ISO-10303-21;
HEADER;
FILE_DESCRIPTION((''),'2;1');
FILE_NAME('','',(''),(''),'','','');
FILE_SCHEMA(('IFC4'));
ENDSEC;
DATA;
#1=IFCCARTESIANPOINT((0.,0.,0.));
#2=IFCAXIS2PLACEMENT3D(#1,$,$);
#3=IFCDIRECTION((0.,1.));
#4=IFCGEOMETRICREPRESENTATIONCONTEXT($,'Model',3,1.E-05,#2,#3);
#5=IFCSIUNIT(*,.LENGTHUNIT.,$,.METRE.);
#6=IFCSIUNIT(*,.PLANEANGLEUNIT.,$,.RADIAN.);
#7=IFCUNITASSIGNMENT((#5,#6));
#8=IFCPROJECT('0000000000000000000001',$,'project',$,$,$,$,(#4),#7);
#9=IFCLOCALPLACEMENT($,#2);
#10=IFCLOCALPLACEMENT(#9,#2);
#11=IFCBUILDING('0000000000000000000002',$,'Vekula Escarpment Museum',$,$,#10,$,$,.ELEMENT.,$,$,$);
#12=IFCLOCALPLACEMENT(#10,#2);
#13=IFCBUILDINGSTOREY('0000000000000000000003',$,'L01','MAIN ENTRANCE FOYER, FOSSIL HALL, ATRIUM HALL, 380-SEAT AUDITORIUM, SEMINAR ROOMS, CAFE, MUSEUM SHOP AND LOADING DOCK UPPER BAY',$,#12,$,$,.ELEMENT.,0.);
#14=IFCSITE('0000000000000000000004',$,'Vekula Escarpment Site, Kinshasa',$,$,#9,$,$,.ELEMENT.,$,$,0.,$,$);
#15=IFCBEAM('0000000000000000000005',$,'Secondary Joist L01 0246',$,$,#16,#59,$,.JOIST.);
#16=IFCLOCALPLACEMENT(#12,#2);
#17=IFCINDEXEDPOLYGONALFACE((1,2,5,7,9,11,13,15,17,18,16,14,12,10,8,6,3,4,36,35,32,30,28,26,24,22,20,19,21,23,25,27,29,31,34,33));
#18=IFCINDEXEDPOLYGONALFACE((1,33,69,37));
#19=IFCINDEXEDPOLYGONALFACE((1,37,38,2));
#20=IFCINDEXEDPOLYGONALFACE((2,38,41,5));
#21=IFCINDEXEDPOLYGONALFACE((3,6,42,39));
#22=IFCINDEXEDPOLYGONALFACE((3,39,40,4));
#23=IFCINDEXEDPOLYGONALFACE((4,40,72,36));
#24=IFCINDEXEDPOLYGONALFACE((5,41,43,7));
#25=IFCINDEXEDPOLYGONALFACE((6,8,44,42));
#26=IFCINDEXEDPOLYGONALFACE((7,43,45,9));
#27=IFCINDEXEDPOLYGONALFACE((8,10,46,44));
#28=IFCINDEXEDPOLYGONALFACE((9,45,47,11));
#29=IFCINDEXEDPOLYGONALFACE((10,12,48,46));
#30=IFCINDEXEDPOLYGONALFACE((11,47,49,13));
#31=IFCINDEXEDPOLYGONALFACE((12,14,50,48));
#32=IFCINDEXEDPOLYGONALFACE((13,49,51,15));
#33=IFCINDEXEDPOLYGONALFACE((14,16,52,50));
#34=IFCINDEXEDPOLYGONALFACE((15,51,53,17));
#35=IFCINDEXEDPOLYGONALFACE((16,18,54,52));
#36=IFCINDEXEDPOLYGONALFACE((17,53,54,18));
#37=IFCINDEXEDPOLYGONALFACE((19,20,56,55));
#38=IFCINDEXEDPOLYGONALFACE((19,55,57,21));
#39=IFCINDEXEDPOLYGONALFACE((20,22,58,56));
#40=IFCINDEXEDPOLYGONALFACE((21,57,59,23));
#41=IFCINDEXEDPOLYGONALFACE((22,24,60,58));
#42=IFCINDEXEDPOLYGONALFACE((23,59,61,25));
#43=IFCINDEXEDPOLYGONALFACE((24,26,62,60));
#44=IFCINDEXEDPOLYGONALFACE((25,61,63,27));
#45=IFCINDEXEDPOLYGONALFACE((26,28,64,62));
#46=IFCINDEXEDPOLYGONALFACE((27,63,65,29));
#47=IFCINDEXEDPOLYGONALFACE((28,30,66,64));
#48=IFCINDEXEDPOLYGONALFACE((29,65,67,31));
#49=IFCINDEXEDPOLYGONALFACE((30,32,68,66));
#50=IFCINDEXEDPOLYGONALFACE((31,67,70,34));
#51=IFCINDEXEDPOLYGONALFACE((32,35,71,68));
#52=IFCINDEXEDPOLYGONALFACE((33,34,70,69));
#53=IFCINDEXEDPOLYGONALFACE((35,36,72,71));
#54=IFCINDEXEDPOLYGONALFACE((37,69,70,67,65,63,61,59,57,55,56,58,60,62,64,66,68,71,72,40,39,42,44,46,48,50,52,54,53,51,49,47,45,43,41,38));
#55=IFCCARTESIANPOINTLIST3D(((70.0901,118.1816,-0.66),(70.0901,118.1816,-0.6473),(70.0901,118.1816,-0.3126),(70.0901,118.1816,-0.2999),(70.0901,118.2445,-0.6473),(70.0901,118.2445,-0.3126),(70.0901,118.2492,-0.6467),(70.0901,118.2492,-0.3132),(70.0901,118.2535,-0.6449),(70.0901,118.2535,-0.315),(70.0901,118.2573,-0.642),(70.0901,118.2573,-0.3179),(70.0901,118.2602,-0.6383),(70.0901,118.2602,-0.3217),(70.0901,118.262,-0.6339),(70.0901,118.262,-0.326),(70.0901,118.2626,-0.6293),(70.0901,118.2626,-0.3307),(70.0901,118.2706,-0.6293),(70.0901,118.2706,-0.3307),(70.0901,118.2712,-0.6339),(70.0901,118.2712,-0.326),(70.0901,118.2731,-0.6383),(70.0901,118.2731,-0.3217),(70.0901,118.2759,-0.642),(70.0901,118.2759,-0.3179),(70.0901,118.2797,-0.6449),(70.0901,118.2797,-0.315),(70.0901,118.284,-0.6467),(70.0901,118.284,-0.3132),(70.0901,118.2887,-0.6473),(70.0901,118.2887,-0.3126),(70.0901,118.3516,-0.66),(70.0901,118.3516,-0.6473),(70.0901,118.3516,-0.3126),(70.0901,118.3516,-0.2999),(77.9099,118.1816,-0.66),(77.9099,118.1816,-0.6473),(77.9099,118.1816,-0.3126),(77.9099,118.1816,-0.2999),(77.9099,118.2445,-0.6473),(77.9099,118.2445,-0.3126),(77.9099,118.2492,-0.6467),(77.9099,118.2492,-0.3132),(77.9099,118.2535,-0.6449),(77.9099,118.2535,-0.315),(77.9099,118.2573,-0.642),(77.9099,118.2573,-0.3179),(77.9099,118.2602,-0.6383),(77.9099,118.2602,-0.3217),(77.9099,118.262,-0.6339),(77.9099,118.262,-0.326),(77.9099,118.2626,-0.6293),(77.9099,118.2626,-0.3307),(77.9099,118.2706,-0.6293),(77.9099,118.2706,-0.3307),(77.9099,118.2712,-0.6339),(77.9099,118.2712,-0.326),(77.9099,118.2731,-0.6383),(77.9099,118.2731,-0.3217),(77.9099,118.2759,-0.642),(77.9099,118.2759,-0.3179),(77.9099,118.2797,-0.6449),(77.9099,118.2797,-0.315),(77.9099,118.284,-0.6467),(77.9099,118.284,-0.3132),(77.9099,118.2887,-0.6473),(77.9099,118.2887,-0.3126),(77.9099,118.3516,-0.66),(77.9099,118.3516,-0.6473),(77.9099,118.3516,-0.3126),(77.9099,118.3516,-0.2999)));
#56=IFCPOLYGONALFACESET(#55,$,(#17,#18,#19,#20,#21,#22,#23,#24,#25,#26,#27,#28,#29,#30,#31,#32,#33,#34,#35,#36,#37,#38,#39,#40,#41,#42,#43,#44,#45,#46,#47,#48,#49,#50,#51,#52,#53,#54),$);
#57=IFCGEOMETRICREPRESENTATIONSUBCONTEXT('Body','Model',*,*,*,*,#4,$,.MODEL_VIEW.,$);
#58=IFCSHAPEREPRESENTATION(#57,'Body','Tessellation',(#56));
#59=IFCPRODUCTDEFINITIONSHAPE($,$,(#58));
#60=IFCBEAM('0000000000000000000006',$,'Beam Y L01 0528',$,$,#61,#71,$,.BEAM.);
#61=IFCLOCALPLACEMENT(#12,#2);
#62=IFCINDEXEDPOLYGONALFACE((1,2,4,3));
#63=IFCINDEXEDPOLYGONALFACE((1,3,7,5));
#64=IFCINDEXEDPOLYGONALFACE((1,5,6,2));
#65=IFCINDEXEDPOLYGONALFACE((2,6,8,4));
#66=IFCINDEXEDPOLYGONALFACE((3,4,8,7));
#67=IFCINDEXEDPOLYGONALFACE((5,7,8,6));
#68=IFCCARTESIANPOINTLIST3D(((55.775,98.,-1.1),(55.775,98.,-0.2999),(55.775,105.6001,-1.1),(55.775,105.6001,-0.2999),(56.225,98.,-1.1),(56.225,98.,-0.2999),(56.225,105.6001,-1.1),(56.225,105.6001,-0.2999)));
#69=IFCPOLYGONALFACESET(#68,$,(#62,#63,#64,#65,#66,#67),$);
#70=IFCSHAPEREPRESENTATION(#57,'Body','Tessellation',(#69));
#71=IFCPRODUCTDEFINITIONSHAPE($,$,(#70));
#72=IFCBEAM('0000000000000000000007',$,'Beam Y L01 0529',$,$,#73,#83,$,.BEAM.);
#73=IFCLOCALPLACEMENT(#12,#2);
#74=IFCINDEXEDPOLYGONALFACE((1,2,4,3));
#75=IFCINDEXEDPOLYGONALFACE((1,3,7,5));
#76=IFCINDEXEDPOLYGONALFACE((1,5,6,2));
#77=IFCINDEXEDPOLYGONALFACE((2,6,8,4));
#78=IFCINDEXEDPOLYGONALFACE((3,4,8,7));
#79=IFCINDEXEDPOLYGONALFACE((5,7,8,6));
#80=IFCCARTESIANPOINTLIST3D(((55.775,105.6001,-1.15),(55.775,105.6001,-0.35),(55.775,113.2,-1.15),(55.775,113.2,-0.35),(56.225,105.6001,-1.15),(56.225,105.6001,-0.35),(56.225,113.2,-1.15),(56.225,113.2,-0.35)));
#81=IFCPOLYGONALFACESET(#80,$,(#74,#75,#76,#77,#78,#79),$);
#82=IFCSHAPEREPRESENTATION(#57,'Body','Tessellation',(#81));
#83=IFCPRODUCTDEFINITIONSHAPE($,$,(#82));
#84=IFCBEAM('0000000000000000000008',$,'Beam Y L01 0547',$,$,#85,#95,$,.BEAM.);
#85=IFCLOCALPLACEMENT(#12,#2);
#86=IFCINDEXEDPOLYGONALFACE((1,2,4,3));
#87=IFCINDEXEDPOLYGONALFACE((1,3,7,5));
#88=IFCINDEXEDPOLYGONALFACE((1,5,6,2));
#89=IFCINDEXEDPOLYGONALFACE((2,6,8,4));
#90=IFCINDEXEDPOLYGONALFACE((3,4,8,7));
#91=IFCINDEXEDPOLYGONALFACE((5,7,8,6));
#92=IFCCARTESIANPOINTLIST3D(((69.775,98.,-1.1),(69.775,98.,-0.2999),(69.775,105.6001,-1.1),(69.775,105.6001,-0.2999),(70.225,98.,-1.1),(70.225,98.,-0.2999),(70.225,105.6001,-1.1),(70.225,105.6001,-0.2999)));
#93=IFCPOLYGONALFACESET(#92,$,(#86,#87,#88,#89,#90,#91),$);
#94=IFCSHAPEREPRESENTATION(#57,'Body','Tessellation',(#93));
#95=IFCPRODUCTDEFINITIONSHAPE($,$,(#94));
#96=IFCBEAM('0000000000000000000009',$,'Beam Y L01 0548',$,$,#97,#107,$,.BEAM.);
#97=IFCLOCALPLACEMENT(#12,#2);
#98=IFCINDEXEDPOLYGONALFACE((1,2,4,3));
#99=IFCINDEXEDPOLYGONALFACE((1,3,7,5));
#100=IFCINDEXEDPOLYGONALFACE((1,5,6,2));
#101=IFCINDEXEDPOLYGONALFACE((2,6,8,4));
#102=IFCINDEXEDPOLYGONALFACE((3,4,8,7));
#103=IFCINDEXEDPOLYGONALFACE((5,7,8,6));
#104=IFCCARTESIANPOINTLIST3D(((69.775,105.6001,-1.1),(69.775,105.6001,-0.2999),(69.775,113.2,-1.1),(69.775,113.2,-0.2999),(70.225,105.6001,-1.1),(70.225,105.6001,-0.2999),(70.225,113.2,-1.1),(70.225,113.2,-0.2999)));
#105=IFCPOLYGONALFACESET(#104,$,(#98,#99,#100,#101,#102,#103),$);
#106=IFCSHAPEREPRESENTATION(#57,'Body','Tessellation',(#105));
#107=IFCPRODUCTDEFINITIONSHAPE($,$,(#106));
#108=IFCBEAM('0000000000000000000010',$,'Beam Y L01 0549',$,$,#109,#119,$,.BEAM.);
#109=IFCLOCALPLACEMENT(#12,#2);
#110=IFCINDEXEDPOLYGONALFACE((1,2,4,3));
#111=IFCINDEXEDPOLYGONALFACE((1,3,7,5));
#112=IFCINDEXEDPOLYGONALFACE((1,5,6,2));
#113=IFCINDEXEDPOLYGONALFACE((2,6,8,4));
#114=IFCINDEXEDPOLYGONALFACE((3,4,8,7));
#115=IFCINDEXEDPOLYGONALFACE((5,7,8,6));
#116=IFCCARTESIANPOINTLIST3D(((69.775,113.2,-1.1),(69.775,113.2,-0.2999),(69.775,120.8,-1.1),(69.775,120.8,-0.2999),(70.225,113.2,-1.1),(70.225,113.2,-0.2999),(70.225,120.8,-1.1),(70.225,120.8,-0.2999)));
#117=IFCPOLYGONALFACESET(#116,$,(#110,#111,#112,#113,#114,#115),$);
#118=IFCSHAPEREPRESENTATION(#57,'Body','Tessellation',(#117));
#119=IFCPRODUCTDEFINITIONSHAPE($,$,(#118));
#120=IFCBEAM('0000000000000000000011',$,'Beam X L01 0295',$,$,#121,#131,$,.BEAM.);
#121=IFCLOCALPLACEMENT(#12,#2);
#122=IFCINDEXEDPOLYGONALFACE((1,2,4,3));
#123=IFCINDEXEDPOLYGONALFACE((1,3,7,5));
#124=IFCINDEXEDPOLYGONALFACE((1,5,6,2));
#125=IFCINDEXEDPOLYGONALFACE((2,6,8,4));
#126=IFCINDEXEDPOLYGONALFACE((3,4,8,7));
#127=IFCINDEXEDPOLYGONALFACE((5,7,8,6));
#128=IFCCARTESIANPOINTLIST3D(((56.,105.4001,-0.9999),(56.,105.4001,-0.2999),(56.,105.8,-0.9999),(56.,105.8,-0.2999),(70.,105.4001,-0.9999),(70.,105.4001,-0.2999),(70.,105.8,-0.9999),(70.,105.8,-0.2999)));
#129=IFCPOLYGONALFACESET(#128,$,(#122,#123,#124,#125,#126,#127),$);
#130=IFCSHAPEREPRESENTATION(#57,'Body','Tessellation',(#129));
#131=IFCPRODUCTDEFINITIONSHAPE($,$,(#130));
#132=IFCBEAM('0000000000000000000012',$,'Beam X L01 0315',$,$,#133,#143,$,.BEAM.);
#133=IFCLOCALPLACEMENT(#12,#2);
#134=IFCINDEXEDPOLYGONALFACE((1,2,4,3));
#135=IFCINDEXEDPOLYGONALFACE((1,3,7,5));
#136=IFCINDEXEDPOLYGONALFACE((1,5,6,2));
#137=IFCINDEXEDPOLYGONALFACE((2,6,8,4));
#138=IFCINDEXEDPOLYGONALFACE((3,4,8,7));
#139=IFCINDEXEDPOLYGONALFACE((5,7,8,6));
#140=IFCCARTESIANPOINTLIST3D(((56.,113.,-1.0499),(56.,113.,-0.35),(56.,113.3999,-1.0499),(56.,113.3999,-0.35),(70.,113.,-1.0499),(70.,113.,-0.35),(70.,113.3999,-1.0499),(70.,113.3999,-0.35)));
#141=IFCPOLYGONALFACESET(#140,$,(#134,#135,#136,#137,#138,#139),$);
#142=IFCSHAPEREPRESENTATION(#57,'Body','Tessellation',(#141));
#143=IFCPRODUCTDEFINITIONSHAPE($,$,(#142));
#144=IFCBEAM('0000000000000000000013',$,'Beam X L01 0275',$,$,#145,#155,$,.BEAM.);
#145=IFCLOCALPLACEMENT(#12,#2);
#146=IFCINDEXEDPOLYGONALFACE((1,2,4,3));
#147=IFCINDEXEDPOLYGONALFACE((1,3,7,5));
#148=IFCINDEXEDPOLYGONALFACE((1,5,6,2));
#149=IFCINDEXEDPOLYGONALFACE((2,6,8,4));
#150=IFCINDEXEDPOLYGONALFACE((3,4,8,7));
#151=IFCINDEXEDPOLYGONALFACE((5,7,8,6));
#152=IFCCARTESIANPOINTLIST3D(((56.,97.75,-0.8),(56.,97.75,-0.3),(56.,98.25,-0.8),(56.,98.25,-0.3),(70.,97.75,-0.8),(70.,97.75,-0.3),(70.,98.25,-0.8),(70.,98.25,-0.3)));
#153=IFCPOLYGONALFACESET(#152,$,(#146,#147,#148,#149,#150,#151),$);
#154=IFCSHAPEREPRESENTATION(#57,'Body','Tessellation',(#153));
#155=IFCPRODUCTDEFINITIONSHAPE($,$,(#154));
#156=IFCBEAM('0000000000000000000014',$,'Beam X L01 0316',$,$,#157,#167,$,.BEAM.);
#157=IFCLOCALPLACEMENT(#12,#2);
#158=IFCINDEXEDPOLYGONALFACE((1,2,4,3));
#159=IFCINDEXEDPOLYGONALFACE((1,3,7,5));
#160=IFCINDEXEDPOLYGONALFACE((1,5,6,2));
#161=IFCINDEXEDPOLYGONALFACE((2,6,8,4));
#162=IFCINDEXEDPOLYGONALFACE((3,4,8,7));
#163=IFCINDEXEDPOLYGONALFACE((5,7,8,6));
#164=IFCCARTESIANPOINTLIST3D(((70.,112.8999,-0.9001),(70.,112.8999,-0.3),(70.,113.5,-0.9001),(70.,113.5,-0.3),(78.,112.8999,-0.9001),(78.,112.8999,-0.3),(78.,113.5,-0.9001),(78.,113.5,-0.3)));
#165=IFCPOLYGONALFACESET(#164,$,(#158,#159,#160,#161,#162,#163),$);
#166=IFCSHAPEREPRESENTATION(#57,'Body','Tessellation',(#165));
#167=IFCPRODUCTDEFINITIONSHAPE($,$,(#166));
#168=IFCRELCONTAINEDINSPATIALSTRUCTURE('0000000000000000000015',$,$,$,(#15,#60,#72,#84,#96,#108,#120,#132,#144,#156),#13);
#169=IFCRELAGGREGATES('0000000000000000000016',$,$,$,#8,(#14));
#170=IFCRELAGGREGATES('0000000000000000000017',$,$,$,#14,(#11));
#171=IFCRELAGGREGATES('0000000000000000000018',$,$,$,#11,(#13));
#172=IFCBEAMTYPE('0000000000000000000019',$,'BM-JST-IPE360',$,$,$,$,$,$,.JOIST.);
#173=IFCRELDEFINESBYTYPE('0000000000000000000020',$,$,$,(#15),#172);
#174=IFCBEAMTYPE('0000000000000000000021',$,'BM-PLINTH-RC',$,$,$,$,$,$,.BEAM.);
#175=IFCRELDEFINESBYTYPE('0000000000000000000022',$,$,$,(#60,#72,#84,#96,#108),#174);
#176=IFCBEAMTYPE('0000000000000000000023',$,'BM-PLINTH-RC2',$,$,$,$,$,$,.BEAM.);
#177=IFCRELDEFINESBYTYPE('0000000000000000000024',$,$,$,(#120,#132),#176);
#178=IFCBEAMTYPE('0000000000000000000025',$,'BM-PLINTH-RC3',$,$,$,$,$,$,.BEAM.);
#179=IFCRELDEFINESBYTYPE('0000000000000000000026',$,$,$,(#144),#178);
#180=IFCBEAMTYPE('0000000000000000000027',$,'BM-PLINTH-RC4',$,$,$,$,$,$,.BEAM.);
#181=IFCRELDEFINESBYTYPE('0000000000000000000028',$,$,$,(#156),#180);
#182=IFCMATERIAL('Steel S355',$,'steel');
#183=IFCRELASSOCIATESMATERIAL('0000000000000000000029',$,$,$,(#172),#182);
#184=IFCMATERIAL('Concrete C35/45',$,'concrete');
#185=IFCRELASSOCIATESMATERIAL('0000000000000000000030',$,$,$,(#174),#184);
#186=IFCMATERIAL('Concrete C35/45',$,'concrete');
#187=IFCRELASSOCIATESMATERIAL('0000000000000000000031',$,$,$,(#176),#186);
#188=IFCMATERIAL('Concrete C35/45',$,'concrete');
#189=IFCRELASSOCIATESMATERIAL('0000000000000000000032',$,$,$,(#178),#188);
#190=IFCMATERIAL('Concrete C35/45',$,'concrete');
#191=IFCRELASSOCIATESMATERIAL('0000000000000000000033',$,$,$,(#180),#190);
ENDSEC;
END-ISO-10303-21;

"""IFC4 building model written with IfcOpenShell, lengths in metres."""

from ifc_helpers import new_model, si_unit, direction, frame, origin, origin_2d, place, context, subcontext, project, spatial, rectangle, i_section, extrude, material, material_profile, profile_set, type_object, element, save


model = new_model("IFC4")

# Units and contexts
model_context = context("Model", 3, precision=1e-05, world=origin(), true_north=direction((0.0, 1.0)))
body_context = subcontext(model_context, "Body", "Model", "MODEL_VIEW")
ifc_project = project(units=[si_unit("LENGTHUNIT", "METRE"), si_unit("PLANEANGLEUNIT", "RADIAN")], contexts=[model_context])

# Site, building, storey
site_placement = place(None, origin())
site = spatial("IfcSite", under=ifc_project, at=site_placement, Name="Vekula Escarpment Site, Kinshasa", CompositionType="ELEMENT", RefElevation=0.0)
building_placement = place(site_placement, origin())
building = spatial("IfcBuilding", under=site, at=building_placement, Name="Vekula Escarpment Museum", CompositionType="ELEMENT")
storey_placement = place(building_placement, origin())
storey = spatial("IfcBuildingStorey", under=building, at=storey_placement, Name="L01", Description="MAIN ENTRANCE FOYER, FOSSIL HALL, ATRIUM HALL, 380-SEAT AUDITORIUM, SEMINAR ROOMS, CAFE, MUSEUM SHOP AND LOADING DOCK UPPER BAY", CompositionType="ELEMENT", Elevation=0.0)

# Beams
ifc_material_1 = material(Name="Steel S355", Category="steel")
ifc_material_profile_1 = material_profile(ifc_material_1, i_section(OverallWidth=0.1699, OverallDepth=0.3601, WebThickness=0.0081, FlangeThickness=0.0127, FilletRadius=0.0181, at=origin_2d()), Name="IPE 360")
ifc_profile_set_1 = profile_set([ifc_material_profile_1], Name="Steel S355")
beam_type_1 = type_object("IfcBeamType", Name="BM-JST-IPE360", PredefinedType="JOIST", material=ifc_profile_set_1)
for number, where, z_axis, x_axis, name in (
    (1, (70.0901, 118.2666, -0.48), (1.0, 0.0, 0.0), (0.0, 1.0, 0.0), "Secondary Joist L01 0246"),
):
    element("IfcBeam", number, at=place(storey_placement, frame(where, z_axis=z_axis, x_axis=x_axis)), inside=storey, type_object=beam_type_1, Name=name, PredefinedType="JOIST", context=body_context, shape_type="SweptSolid", body=[
        extrude(i_section(OverallWidth=0.1699, OverallDepth=0.3601, WebThickness=0.0081, FlangeThickness=0.0127, FilletRadius=0.0181, at=origin_2d()), origin(), (0.0, 0.0, 1.0), 7.8198),
    ])
ifc_material_2 = material(Name="Concrete C35/45", Category="concrete")
ifc_material_profile_2 = material_profile(ifc_material_2, rectangle(XDim=0.45, YDim=0.8, at=origin_2d()), Name="RC 450x800")
ifc_profile_set_2 = profile_set([ifc_material_profile_2], Name="Concrete C35/45")
beam_type_2 = type_object("IfcBeamType", Name="BM-PLINTH-RC", PredefinedType="BEAM", material=ifc_profile_set_2)
beam_1_placement = place(storey_placement, frame((56.0, 98.0, -0.7), z_axis=(0.0, 1.0, 0.0), x_axis=(-1.0, 0.0, 0.0)))
element("IfcBeam", 2, at=beam_1_placement, inside=storey, type_object=beam_type_2, Name="Beam Y L01 0528", PredefinedType="BEAM", context=body_context, shape_type="SweptSolid", body=[
    extrude(rectangle(XDim=0.45, YDim=0.8, at=origin_2d()), origin(), (0.0, 0.0, 1.0), 7.6001),
])
beam_2_placement = place(storey_placement, frame((56.0, 105.6001, -0.75), z_axis=(0.0, 1.0, 0.0), x_axis=(-1.0, 0.0, 0.0)))
element("IfcBeam", 3, at=beam_2_placement, inside=storey, type_object=beam_type_2, Name="Beam Y L01 0529", PredefinedType="BEAM", context=body_context, shape_type="SweptSolid", body=[
    extrude(rectangle(XDim=0.45, YDim=0.8, at=origin_2d()), origin(), (0.0, 0.0, 1.0), 7.5999),
])
beam_3_placement = place(storey_placement, frame((70.0, 98.0, -0.7), z_axis=(0.0, 1.0, 0.0), x_axis=(-1.0, 0.0, 0.0)))
element("IfcBeam", 4, at=beam_3_placement, inside=storey, type_object=beam_type_2, Name="Beam Y L01 0547", PredefinedType="BEAM", context=body_context, shape_type="SweptSolid", body=[
    extrude(rectangle(XDim=0.45, YDim=0.8, at=origin_2d()), origin(), (0.0, 0.0, 1.0), 7.6001),
])
beam_4_placement = place(storey_placement, frame((70.0, 105.6001, -0.7), z_axis=(0.0, 1.0, 0.0), x_axis=(-1.0, 0.0, 0.0)))
element("IfcBeam", 5, at=beam_4_placement, inside=storey, type_object=beam_type_2, Name="Beam Y L01 0548", PredefinedType="BEAM", context=body_context, shape_type="SweptSolid", body=[
    extrude(rectangle(XDim=0.45, YDim=0.8, at=origin_2d()), origin(), (0.0, 0.0, 1.0), 7.5999),
])
beam_5_placement = place(storey_placement, frame((70.0, 113.2, -0.7), z_axis=(0.0, 1.0, 0.0), x_axis=(-1.0, 0.0, 0.0)))
element("IfcBeam", 6, at=beam_5_placement, inside=storey, type_object=beam_type_2, Name="Beam Y L01 0549", PredefinedType="BEAM", context=body_context, shape_type="SweptSolid", body=[
    extrude(rectangle(XDim=0.45, YDim=0.8, at=origin_2d()), origin(), (0.0, 0.0, 1.0), 7.6001),
])
ifc_material_3 = material(Name="Concrete C35/45", Category="concrete")
ifc_material_profile_3 = material_profile(ifc_material_3, rectangle(XDim=0.3999, YDim=0.7, at=origin_2d()), Name="RC 400x700")
ifc_profile_set_3 = profile_set([ifc_material_profile_3], Name="Concrete C35/45")
beam_type_3 = type_object("IfcBeamType", Name="BM-PLINTH-RC2", PredefinedType="BEAM", material=ifc_profile_set_3)
for number, where, z_axis, x_axis, name in (
    (7, (56.0, 105.6001, -0.6499), (1.0, 0.0, 0.0), (0.0, 1.0, 0.0), "Beam X L01 0295"),
    (8, (56.0, 113.2, -0.7), (1.0, 0.0, 0.0), (0.0, 1.0, 0.0), "Beam X L01 0315"),
):
    element("IfcBeam", number, at=place(storey_placement, frame(where, z_axis=z_axis, x_axis=x_axis)), inside=storey, type_object=beam_type_3, Name=name, PredefinedType="BEAM", context=body_context, shape_type="SweptSolid", body=[
        extrude(rectangle(XDim=0.3999, YDim=0.7, at=origin_2d()), origin(), (0.0, 0.0, 1.0), 14.0),
    ])
ifc_material_4 = material(Name="Concrete C35/45", Category="concrete")
ifc_material_profile_4 = material_profile(ifc_material_4, rectangle(XDim=0.5, YDim=0.5, at=origin_2d()), Name="RC 500x500")
ifc_profile_set_4 = profile_set([ifc_material_profile_4], Name="Concrete C35/45")
beam_type_4 = type_object("IfcBeamType", Name="BM-PLINTH-RC3", PredefinedType="BEAM", material=ifc_profile_set_4)
beam_6_placement = place(storey_placement, frame((56.0, 98.0, -0.55), z_axis=(1.0, 0.0, 0.0), x_axis=(0.0, 1.0, 0.0)))
element("IfcBeam", 9, at=beam_6_placement, inside=storey, type_object=beam_type_4, Name="Beam X L01 0275", PredefinedType="BEAM", context=body_context, shape_type="SweptSolid", body=[
    extrude(rectangle(XDim=0.5, YDim=0.5, at=origin_2d()), origin(), (0.0, 0.0, 1.0), 14.0),
])
ifc_material_5 = material(Name="Concrete C35/45", Category="concrete")
ifc_material_profile_5 = material_profile(ifc_material_5, rectangle(XDim=0.6001, YDim=0.6001, at=origin_2d()), Name="RC 600x600")
ifc_profile_set_5 = profile_set([ifc_material_profile_5], Name="Concrete C35/45")
beam_type_5 = type_object("IfcBeamType", Name="BM-PLINTH-RC4", PredefinedType="BEAM", material=ifc_profile_set_5)
beam_7_placement = place(storey_placement, frame((70.0, 113.2, -0.6001), z_axis=(1.0, 0.0, 0.0), x_axis=(0.0, 1.0, 0.0)))
element("IfcBeam", 10, at=beam_7_placement, inside=storey, type_object=beam_type_5, Name="Beam X L01 0316", PredefinedType="BEAM", context=body_context, shape_type="SweptSolid", body=[
    extrude(rectangle(XDim=0.6001, YDim=0.6001, at=origin_2d()), origin(), (0.0, 0.0, 1.0), 8.0),
])

save(model, "model.ifc")
